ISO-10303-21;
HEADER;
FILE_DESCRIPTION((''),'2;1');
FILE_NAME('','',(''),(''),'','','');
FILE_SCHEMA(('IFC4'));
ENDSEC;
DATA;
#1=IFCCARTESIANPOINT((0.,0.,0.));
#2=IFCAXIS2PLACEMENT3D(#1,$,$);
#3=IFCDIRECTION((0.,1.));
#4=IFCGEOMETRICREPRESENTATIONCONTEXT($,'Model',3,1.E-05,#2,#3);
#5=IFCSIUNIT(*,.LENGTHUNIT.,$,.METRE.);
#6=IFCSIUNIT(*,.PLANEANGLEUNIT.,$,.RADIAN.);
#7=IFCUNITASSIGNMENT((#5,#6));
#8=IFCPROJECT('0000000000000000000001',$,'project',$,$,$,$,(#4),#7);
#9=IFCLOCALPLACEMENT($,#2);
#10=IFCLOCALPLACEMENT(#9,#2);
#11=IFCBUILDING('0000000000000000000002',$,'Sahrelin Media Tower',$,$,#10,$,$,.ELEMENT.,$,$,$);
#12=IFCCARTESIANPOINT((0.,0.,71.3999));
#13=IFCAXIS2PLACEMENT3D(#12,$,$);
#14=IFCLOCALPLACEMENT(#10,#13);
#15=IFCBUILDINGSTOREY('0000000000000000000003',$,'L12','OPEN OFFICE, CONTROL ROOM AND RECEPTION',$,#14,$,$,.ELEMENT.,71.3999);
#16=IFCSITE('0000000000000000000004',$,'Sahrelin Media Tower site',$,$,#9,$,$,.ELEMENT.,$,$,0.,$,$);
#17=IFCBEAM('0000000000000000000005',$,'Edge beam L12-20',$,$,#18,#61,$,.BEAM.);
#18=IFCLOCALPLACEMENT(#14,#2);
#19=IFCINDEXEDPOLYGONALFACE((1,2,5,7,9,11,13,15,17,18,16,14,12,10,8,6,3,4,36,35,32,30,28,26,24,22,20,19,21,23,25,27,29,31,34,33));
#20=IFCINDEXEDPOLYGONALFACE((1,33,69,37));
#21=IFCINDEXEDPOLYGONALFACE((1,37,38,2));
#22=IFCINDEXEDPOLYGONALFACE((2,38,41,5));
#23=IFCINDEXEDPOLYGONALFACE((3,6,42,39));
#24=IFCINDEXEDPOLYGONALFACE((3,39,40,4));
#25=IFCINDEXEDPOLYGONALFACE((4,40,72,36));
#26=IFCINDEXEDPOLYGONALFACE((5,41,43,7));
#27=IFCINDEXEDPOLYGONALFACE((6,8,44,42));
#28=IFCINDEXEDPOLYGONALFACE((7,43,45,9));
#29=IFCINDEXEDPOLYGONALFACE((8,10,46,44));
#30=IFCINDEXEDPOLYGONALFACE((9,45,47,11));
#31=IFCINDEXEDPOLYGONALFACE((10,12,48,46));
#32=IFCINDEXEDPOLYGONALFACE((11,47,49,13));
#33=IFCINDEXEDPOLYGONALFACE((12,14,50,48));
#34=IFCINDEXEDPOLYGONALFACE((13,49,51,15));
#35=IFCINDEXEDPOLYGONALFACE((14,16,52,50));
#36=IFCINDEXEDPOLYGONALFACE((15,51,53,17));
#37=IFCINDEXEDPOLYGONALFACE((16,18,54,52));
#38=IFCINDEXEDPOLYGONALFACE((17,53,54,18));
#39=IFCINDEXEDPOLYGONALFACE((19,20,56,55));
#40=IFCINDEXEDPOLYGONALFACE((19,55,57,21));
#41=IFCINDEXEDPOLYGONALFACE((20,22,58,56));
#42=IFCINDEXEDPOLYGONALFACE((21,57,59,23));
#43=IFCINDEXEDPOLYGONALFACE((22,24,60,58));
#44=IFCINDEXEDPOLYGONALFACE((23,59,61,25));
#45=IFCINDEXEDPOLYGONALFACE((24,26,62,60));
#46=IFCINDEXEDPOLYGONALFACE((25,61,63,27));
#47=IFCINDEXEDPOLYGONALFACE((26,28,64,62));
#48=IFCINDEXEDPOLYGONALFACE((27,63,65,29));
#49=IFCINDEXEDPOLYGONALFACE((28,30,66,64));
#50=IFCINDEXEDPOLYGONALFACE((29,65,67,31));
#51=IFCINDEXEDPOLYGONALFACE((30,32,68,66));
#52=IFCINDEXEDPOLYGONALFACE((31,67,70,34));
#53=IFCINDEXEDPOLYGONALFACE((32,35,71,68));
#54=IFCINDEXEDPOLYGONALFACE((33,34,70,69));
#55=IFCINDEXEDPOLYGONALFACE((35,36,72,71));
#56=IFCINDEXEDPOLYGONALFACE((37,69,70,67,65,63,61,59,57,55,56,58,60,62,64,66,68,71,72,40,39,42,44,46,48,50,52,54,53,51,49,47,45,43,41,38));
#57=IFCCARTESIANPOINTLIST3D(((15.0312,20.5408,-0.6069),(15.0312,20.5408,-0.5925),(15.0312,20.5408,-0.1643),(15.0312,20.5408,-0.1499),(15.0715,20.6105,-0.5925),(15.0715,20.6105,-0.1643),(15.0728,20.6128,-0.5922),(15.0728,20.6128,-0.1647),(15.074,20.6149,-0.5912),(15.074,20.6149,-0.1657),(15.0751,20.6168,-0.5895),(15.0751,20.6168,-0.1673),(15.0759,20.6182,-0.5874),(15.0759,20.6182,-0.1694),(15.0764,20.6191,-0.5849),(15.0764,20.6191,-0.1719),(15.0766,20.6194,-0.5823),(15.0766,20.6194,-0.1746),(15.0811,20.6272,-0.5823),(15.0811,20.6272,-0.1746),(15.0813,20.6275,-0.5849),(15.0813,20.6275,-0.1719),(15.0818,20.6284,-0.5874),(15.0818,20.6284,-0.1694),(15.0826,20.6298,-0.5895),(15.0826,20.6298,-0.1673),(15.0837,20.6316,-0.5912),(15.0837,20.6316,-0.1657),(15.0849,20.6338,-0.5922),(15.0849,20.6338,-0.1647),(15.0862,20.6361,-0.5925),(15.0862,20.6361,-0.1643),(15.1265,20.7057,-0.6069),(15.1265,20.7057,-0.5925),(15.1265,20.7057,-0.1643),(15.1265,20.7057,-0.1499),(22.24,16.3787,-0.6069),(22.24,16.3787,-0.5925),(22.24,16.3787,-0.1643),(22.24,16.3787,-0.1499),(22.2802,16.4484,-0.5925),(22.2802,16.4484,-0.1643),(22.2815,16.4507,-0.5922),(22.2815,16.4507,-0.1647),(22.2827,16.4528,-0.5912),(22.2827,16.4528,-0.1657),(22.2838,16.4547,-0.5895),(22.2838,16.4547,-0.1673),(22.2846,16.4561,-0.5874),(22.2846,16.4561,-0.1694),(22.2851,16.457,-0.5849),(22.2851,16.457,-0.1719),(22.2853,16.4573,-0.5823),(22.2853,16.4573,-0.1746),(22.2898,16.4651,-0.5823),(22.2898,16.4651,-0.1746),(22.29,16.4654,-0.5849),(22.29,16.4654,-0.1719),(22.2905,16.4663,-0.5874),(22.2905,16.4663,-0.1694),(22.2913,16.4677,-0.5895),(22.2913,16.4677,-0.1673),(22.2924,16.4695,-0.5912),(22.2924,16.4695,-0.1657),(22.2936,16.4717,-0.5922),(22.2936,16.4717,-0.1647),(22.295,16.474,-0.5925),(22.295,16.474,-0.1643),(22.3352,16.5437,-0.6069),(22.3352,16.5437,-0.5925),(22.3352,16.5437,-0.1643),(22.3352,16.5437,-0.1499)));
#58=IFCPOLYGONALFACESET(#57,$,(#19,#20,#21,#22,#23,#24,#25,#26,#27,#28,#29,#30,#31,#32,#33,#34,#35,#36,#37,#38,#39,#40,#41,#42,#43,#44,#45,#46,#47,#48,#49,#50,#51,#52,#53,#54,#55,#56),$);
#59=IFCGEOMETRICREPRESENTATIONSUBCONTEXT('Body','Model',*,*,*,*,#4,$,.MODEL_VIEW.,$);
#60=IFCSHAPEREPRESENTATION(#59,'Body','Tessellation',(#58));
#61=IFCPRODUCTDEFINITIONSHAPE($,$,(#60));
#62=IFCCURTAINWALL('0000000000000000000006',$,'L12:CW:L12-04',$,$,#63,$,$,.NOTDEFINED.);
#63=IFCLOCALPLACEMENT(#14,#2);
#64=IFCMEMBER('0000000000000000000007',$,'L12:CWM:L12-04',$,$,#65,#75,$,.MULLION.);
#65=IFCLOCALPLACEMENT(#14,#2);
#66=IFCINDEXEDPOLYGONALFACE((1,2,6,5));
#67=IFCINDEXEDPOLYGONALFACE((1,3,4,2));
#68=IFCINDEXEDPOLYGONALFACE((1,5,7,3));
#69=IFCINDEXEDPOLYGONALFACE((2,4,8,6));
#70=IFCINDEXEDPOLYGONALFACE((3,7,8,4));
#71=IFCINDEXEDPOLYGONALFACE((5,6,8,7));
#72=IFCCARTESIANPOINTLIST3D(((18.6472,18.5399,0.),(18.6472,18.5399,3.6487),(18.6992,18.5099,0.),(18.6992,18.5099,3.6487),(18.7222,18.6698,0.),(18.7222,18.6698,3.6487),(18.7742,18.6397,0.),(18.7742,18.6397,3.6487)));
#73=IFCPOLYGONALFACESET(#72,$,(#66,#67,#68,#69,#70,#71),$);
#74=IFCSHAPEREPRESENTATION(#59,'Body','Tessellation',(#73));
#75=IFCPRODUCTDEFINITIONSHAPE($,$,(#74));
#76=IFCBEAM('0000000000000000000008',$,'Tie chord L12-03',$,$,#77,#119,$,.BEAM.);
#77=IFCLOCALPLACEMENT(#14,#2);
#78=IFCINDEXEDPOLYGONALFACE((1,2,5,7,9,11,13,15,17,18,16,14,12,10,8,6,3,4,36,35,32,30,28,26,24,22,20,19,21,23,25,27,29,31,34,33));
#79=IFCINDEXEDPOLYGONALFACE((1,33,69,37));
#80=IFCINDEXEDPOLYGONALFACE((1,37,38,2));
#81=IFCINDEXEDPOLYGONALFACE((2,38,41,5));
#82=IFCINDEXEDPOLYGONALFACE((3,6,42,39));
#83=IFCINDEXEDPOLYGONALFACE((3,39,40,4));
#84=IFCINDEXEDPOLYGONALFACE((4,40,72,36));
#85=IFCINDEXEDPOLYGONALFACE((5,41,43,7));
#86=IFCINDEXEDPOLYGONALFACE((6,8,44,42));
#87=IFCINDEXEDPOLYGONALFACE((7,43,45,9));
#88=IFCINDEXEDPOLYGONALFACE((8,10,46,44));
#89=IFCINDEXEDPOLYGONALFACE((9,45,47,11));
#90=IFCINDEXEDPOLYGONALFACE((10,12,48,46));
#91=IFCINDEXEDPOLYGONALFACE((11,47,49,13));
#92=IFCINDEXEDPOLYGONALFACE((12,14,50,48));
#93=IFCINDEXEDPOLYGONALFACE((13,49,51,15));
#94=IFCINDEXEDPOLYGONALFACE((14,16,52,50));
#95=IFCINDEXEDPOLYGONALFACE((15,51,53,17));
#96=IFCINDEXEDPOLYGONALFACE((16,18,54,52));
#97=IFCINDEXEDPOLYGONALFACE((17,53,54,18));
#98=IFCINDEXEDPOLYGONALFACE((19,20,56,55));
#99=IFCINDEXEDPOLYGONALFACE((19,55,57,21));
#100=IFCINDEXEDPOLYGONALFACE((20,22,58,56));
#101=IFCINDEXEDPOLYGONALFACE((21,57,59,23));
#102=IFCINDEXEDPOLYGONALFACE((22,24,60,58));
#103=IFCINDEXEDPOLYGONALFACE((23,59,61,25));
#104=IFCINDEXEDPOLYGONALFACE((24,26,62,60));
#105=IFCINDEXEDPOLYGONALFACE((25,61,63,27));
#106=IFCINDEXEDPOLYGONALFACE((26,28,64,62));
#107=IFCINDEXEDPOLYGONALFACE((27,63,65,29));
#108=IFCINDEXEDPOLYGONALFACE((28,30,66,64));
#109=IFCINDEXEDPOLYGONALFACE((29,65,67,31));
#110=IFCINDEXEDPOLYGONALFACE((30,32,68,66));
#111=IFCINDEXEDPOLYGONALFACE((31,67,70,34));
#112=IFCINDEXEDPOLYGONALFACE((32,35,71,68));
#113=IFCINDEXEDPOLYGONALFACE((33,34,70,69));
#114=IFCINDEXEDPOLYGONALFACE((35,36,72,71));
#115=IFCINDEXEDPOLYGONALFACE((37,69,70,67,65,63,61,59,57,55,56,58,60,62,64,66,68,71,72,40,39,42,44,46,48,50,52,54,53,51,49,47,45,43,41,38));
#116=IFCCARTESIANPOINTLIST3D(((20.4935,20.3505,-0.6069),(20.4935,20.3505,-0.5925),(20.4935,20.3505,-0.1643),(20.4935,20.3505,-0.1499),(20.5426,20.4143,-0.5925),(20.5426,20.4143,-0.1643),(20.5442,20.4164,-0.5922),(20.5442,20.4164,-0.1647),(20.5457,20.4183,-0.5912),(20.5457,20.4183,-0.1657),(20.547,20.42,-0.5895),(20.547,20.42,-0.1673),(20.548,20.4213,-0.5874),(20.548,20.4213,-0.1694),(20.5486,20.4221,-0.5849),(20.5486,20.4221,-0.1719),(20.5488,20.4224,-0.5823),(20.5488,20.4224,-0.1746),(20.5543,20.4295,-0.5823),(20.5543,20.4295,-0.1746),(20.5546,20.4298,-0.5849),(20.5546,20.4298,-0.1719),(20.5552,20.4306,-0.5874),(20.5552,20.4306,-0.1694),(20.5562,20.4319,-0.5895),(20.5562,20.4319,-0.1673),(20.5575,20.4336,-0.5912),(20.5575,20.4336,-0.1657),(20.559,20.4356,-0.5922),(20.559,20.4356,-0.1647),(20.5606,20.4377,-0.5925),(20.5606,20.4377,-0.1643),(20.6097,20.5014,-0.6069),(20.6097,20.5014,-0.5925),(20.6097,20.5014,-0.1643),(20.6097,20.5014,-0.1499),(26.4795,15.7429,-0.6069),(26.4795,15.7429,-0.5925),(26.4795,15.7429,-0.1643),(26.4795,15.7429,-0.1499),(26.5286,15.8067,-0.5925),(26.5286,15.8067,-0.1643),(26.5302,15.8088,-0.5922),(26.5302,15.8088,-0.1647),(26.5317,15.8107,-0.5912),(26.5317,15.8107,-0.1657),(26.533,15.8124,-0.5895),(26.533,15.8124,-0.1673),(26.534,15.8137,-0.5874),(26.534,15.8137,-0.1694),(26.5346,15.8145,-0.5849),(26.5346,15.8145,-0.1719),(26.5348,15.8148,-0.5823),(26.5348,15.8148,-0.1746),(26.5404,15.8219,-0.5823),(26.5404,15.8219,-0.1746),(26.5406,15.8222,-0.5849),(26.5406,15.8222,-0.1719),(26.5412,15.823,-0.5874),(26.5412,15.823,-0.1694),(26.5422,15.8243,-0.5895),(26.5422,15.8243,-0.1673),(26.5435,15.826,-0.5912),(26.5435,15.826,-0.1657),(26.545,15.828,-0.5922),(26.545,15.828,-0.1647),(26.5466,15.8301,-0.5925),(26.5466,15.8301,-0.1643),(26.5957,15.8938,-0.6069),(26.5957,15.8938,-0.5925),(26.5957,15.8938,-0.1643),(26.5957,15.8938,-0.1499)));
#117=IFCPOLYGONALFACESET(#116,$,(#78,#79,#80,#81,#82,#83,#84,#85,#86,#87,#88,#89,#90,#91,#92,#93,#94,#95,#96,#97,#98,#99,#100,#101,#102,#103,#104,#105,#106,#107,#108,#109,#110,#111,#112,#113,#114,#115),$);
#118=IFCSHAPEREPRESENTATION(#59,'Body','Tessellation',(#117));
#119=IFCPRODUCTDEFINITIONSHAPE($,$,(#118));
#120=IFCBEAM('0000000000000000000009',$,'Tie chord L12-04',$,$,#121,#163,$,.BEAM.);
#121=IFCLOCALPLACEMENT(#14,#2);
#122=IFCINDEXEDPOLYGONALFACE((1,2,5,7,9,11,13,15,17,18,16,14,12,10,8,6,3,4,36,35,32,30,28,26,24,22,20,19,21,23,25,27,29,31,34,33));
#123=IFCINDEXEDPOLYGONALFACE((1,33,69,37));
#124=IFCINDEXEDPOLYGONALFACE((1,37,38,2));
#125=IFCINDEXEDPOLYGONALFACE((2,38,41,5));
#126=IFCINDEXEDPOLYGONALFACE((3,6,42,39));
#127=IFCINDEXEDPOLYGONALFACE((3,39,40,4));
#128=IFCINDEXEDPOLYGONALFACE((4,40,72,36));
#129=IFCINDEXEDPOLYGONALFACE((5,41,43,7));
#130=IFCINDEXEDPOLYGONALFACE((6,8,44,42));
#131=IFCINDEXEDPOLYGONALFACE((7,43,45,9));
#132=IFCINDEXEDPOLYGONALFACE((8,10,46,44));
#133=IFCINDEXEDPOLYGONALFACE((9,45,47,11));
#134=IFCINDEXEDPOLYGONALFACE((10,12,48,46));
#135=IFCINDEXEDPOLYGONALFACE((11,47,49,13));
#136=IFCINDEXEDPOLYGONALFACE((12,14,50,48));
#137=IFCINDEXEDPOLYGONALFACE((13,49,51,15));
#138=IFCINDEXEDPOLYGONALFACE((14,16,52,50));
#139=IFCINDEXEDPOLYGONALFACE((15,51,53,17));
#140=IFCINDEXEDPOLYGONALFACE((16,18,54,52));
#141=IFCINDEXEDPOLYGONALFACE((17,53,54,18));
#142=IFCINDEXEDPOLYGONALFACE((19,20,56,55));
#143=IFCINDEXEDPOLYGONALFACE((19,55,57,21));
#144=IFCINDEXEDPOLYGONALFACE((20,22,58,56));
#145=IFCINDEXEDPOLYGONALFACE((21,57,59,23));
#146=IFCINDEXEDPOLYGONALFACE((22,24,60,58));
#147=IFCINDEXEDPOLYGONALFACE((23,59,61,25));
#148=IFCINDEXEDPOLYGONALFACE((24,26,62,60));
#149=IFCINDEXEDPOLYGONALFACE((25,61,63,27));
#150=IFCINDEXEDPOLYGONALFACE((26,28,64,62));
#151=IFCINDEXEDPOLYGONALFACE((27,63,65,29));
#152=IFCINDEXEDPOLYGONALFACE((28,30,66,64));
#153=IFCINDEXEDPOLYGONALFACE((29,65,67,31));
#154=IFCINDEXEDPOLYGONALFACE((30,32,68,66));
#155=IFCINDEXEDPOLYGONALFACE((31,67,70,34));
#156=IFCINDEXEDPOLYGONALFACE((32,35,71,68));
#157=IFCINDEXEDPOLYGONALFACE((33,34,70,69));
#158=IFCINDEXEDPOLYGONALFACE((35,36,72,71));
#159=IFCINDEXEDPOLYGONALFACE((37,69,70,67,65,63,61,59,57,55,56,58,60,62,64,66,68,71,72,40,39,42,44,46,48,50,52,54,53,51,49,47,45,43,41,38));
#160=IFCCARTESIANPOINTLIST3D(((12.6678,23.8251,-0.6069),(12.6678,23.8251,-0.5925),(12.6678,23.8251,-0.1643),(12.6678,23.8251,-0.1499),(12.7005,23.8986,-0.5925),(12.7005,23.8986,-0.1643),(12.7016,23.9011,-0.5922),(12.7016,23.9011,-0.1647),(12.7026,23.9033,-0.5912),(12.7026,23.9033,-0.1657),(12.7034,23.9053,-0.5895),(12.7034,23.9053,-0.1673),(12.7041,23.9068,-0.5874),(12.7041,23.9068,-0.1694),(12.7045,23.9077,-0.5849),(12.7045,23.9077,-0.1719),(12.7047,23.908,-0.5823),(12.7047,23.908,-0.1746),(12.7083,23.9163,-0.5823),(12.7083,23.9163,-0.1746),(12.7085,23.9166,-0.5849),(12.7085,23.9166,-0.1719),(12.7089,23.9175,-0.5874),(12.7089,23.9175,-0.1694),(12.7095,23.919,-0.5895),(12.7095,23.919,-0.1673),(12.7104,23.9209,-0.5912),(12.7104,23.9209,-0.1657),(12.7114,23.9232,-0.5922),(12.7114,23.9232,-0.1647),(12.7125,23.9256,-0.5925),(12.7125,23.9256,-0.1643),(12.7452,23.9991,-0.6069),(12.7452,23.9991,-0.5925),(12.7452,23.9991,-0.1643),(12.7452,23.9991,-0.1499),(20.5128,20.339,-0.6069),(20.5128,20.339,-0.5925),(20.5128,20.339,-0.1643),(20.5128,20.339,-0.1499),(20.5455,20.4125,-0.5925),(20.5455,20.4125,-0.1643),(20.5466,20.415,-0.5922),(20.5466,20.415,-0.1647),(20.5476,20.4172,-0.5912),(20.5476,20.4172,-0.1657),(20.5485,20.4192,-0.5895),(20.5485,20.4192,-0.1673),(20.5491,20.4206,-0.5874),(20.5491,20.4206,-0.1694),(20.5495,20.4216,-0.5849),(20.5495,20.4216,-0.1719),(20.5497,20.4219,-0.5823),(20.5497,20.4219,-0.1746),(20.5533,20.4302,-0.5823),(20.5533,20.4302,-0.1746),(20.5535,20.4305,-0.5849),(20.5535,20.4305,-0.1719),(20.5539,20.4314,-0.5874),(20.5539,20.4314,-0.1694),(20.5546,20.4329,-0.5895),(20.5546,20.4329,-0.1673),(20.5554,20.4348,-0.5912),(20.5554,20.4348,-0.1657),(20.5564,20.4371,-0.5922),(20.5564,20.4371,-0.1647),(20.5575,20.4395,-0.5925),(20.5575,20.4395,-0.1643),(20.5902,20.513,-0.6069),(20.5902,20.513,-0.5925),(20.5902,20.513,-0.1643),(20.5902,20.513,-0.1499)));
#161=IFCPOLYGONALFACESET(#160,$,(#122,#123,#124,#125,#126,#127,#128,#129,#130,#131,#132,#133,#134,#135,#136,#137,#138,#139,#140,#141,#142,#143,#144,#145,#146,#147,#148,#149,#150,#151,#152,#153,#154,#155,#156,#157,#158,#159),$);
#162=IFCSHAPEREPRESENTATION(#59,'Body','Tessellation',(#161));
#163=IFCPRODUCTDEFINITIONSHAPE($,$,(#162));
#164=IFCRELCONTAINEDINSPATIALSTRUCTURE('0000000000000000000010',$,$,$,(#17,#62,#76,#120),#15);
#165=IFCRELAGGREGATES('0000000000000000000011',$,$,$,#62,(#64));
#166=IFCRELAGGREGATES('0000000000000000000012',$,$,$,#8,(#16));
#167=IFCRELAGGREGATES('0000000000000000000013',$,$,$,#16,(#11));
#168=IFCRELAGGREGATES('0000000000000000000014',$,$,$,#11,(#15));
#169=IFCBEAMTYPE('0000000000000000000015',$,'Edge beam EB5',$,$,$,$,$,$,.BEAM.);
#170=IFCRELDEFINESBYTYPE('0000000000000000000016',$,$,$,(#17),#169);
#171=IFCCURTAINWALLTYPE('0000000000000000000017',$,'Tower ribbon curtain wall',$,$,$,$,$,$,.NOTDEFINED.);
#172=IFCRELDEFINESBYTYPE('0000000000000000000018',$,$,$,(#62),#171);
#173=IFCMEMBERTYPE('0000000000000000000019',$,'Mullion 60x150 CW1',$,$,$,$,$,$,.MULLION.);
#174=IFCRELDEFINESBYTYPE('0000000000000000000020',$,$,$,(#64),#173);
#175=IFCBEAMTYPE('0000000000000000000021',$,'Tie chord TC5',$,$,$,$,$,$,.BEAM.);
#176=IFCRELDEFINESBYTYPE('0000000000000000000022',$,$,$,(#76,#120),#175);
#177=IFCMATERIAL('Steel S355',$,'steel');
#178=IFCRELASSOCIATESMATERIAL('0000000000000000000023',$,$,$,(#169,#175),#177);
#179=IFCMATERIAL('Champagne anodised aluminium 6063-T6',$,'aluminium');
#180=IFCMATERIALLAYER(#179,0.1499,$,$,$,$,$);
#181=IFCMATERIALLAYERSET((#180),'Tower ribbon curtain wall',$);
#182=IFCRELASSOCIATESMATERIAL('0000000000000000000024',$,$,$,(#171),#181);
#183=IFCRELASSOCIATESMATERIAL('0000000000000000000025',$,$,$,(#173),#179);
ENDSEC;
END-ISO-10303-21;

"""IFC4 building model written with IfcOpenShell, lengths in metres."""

from ifc_helpers import new_model, si_unit, direction, frame, origin, origin_2d, place, context, subcontext, project, spatial, rectangle, i_section, extrude, material, layer, layer_set, material_profile, profile_set, type_object, element, aggregate, save


model = new_model("IFC4")

# Units and contexts
model_context = context("Model", 3, precision=1e-05, world=origin(), true_north=direction((0.0, 1.0)))
body_context = subcontext(model_context, "Body", "Model", "MODEL_VIEW")
ifc_project = project(units=[si_unit("LENGTHUNIT", "METRE"), si_unit("PLANEANGLEUNIT", "RADIAN")], contexts=[model_context])

# Site, building, storey
site_placement = place(None, origin())
site = spatial("IfcSite", under=ifc_project, at=site_placement, Name="Sahrelin Media Tower site", CompositionType="ELEMENT", RefElevation=0.0)
building_placement = place(site_placement, origin())
building = spatial("IfcBuilding", under=site, at=building_placement, Name="Sahrelin Media Tower", CompositionType="ELEMENT")
storey_placement = place(building_placement, frame((0.0, 0.0, 71.3999)))
storey = spatial("IfcBuildingStorey", under=building, at=storey_placement, Name="L12", Description="OPEN OFFICE, CONTROL ROOM AND RECEPTION", CompositionType="ELEMENT", Elevation=71.3999)

# Beam
ifc_material_1 = material(Name="Steel S355", Category="steel")
ifc_material_profile_1 = material_profile(ifc_material_1, i_section(OverallWidth=0.1904, OverallDepth=0.457, WebThickness=0.009, FlangeThickness=0.0144, FilletRadius=0.0103, at=origin_2d()), Name="UB 457x191x74")
ifc_profile_set_1 = profile_set([ifc_material_profile_1], Name="Steel S355")
beam_type_1 = type_object("IfcBeamType", Name="Edge beam EB5", PredefinedType="BEAM", material=ifc_profile_set_1)
beam_1_placement = place(storey_placement, frame((15.0789, 20.6233, -0.3784), z_axis=(0.866018, -0.500013, 0.0), x_axis=(0.500013, 0.866018, 0.0)))
element("IfcBeam", 1, at=beam_1_placement, inside=storey, type_object=beam_type_1, Name="Edge beam L12-20", PredefinedType="BEAM", context=body_context, shape_type="SweptSolid", body=[
    extrude(i_section(OverallWidth=0.1904, OverallDepth=0.457, WebThickness=0.009, FlangeThickness=0.0144, FilletRadius=0.0103, at=origin_2d()), origin(), (0.0, 0.0, 1.0), 8.324),
])

# Curtain wall, member
ifc_material_2 = material(Name="Champagne anodised aluminium 6063-T6", Category="aluminium")
ifc_layer_1 = layer(ifc_material_2, 0.1499)
ifc_layer_set_1 = layer_set([ifc_layer_1], Name="Tower ribbon curtain wall")
curtain_wall_type = type_object("IfcCurtainWallType", Name="Tower ribbon curtain wall", PredefinedType="NOTDEFINED", material=ifc_layer_set_1)
curtain_wall_1_placement = place(storey_placement, frame((18.7583, 18.6721, 0.0), z_axis=(0.0, 0.0, 1.0), x_axis=(1.0, 0.0, 0.0)))
curtain_wall_1 = element("IfcCurtainWall", 2, at=curtain_wall_1_placement, inside=storey, type_object=curtain_wall_type, Name="L12:CW:L12-04", PredefinedType="NOTDEFINED")
ifc_material_profile_2 = material_profile(ifc_material_2, rectangle(XDim=0.0601, YDim=0.1499, at=origin_2d()), Name="Mullion 60x150")
ifc_profile_set_2 = profile_set([ifc_material_profile_2], Name="Champagne anodised aluminium 6063-T6")
member_type_1 = type_object("IfcMemberType", Name="Mullion 60x150 CW1", PredefinedType="MULLION", material=ifc_profile_set_2)
member_1_placement = place(storey_placement, frame((18.7107, 18.5898, 0.0), z_axis=(0.0, 0.0, 1.0), x_axis=(-0.866027, 0.499997, 0.0)))
member_1 = element("IfcMember", 3, at=member_1_placement, type_object=member_type_1, Name="L12:CWM:L12-04", PredefinedType="MULLION", context=body_context, shape_type="SweptSolid", body=[
    extrude(rectangle(XDim=0.0601, YDim=0.1499, at=origin_2d()), origin(), (0.0, 0.0, 1.0), 3.6487),
])

# Beams
ifc_material_profile_3 = material_profile(ifc_material_1, i_section(OverallWidth=0.1904, OverallDepth=0.457, WebThickness=0.009, FlangeThickness=0.0144, FilletRadius=0.0103, at=origin_2d()), Name="UB 457x191x74")
ifc_profile_set_3 = profile_set([ifc_material_profile_3], Name="Steel S355")
beam_type_2 = type_object("IfcBeamType", Name="Tie chord TC5", PredefinedType="BEAM", material=ifc_profile_set_3)
beam_2_placement = place(storey_placement, frame((26.5376, 15.8184, -0.3784), z_axis=(-0.792433, 0.609959, 0.0), x_axis=(-0.609959, -0.792433, 0.0)))
element("IfcBeam", 4, at=beam_2_placement, inside=storey, type_object=beam_type_2, Name="Tie chord L12-03", PredefinedType="BEAM", context=body_context, shape_type="SweptSolid", body=[
    extrude(i_section(OverallWidth=0.1904, OverallDepth=0.457, WebThickness=0.009, FlangeThickness=0.0144, FilletRadius=0.0103, at=origin_2d()), origin(), (0.0, 0.0, 1.0), 7.554),
])
beam_3_placement = place(storey_placement, frame((20.5515, 20.426, -0.3784), z_axis=(-0.913836, 0.406083, 0.0), x_axis=(-0.406083, -0.913836, 0.0)))
element("IfcBeam", 5, at=beam_3_placement, inside=storey, type_object=beam_type_2, Name="Tie chord L12-04", PredefinedType="BEAM", context=body_context, shape_type="SweptSolid", body=[
    extrude(i_section(OverallWidth=0.1904, OverallDepth=0.457, WebThickness=0.009, FlangeThickness=0.0144, FilletRadius=0.0103, at=origin_2d()), origin(), (0.0, 0.0, 1.0), 8.5847),
])

aggregate(curtain_wall_1, [member_1])

save(model, "model.ifc")
